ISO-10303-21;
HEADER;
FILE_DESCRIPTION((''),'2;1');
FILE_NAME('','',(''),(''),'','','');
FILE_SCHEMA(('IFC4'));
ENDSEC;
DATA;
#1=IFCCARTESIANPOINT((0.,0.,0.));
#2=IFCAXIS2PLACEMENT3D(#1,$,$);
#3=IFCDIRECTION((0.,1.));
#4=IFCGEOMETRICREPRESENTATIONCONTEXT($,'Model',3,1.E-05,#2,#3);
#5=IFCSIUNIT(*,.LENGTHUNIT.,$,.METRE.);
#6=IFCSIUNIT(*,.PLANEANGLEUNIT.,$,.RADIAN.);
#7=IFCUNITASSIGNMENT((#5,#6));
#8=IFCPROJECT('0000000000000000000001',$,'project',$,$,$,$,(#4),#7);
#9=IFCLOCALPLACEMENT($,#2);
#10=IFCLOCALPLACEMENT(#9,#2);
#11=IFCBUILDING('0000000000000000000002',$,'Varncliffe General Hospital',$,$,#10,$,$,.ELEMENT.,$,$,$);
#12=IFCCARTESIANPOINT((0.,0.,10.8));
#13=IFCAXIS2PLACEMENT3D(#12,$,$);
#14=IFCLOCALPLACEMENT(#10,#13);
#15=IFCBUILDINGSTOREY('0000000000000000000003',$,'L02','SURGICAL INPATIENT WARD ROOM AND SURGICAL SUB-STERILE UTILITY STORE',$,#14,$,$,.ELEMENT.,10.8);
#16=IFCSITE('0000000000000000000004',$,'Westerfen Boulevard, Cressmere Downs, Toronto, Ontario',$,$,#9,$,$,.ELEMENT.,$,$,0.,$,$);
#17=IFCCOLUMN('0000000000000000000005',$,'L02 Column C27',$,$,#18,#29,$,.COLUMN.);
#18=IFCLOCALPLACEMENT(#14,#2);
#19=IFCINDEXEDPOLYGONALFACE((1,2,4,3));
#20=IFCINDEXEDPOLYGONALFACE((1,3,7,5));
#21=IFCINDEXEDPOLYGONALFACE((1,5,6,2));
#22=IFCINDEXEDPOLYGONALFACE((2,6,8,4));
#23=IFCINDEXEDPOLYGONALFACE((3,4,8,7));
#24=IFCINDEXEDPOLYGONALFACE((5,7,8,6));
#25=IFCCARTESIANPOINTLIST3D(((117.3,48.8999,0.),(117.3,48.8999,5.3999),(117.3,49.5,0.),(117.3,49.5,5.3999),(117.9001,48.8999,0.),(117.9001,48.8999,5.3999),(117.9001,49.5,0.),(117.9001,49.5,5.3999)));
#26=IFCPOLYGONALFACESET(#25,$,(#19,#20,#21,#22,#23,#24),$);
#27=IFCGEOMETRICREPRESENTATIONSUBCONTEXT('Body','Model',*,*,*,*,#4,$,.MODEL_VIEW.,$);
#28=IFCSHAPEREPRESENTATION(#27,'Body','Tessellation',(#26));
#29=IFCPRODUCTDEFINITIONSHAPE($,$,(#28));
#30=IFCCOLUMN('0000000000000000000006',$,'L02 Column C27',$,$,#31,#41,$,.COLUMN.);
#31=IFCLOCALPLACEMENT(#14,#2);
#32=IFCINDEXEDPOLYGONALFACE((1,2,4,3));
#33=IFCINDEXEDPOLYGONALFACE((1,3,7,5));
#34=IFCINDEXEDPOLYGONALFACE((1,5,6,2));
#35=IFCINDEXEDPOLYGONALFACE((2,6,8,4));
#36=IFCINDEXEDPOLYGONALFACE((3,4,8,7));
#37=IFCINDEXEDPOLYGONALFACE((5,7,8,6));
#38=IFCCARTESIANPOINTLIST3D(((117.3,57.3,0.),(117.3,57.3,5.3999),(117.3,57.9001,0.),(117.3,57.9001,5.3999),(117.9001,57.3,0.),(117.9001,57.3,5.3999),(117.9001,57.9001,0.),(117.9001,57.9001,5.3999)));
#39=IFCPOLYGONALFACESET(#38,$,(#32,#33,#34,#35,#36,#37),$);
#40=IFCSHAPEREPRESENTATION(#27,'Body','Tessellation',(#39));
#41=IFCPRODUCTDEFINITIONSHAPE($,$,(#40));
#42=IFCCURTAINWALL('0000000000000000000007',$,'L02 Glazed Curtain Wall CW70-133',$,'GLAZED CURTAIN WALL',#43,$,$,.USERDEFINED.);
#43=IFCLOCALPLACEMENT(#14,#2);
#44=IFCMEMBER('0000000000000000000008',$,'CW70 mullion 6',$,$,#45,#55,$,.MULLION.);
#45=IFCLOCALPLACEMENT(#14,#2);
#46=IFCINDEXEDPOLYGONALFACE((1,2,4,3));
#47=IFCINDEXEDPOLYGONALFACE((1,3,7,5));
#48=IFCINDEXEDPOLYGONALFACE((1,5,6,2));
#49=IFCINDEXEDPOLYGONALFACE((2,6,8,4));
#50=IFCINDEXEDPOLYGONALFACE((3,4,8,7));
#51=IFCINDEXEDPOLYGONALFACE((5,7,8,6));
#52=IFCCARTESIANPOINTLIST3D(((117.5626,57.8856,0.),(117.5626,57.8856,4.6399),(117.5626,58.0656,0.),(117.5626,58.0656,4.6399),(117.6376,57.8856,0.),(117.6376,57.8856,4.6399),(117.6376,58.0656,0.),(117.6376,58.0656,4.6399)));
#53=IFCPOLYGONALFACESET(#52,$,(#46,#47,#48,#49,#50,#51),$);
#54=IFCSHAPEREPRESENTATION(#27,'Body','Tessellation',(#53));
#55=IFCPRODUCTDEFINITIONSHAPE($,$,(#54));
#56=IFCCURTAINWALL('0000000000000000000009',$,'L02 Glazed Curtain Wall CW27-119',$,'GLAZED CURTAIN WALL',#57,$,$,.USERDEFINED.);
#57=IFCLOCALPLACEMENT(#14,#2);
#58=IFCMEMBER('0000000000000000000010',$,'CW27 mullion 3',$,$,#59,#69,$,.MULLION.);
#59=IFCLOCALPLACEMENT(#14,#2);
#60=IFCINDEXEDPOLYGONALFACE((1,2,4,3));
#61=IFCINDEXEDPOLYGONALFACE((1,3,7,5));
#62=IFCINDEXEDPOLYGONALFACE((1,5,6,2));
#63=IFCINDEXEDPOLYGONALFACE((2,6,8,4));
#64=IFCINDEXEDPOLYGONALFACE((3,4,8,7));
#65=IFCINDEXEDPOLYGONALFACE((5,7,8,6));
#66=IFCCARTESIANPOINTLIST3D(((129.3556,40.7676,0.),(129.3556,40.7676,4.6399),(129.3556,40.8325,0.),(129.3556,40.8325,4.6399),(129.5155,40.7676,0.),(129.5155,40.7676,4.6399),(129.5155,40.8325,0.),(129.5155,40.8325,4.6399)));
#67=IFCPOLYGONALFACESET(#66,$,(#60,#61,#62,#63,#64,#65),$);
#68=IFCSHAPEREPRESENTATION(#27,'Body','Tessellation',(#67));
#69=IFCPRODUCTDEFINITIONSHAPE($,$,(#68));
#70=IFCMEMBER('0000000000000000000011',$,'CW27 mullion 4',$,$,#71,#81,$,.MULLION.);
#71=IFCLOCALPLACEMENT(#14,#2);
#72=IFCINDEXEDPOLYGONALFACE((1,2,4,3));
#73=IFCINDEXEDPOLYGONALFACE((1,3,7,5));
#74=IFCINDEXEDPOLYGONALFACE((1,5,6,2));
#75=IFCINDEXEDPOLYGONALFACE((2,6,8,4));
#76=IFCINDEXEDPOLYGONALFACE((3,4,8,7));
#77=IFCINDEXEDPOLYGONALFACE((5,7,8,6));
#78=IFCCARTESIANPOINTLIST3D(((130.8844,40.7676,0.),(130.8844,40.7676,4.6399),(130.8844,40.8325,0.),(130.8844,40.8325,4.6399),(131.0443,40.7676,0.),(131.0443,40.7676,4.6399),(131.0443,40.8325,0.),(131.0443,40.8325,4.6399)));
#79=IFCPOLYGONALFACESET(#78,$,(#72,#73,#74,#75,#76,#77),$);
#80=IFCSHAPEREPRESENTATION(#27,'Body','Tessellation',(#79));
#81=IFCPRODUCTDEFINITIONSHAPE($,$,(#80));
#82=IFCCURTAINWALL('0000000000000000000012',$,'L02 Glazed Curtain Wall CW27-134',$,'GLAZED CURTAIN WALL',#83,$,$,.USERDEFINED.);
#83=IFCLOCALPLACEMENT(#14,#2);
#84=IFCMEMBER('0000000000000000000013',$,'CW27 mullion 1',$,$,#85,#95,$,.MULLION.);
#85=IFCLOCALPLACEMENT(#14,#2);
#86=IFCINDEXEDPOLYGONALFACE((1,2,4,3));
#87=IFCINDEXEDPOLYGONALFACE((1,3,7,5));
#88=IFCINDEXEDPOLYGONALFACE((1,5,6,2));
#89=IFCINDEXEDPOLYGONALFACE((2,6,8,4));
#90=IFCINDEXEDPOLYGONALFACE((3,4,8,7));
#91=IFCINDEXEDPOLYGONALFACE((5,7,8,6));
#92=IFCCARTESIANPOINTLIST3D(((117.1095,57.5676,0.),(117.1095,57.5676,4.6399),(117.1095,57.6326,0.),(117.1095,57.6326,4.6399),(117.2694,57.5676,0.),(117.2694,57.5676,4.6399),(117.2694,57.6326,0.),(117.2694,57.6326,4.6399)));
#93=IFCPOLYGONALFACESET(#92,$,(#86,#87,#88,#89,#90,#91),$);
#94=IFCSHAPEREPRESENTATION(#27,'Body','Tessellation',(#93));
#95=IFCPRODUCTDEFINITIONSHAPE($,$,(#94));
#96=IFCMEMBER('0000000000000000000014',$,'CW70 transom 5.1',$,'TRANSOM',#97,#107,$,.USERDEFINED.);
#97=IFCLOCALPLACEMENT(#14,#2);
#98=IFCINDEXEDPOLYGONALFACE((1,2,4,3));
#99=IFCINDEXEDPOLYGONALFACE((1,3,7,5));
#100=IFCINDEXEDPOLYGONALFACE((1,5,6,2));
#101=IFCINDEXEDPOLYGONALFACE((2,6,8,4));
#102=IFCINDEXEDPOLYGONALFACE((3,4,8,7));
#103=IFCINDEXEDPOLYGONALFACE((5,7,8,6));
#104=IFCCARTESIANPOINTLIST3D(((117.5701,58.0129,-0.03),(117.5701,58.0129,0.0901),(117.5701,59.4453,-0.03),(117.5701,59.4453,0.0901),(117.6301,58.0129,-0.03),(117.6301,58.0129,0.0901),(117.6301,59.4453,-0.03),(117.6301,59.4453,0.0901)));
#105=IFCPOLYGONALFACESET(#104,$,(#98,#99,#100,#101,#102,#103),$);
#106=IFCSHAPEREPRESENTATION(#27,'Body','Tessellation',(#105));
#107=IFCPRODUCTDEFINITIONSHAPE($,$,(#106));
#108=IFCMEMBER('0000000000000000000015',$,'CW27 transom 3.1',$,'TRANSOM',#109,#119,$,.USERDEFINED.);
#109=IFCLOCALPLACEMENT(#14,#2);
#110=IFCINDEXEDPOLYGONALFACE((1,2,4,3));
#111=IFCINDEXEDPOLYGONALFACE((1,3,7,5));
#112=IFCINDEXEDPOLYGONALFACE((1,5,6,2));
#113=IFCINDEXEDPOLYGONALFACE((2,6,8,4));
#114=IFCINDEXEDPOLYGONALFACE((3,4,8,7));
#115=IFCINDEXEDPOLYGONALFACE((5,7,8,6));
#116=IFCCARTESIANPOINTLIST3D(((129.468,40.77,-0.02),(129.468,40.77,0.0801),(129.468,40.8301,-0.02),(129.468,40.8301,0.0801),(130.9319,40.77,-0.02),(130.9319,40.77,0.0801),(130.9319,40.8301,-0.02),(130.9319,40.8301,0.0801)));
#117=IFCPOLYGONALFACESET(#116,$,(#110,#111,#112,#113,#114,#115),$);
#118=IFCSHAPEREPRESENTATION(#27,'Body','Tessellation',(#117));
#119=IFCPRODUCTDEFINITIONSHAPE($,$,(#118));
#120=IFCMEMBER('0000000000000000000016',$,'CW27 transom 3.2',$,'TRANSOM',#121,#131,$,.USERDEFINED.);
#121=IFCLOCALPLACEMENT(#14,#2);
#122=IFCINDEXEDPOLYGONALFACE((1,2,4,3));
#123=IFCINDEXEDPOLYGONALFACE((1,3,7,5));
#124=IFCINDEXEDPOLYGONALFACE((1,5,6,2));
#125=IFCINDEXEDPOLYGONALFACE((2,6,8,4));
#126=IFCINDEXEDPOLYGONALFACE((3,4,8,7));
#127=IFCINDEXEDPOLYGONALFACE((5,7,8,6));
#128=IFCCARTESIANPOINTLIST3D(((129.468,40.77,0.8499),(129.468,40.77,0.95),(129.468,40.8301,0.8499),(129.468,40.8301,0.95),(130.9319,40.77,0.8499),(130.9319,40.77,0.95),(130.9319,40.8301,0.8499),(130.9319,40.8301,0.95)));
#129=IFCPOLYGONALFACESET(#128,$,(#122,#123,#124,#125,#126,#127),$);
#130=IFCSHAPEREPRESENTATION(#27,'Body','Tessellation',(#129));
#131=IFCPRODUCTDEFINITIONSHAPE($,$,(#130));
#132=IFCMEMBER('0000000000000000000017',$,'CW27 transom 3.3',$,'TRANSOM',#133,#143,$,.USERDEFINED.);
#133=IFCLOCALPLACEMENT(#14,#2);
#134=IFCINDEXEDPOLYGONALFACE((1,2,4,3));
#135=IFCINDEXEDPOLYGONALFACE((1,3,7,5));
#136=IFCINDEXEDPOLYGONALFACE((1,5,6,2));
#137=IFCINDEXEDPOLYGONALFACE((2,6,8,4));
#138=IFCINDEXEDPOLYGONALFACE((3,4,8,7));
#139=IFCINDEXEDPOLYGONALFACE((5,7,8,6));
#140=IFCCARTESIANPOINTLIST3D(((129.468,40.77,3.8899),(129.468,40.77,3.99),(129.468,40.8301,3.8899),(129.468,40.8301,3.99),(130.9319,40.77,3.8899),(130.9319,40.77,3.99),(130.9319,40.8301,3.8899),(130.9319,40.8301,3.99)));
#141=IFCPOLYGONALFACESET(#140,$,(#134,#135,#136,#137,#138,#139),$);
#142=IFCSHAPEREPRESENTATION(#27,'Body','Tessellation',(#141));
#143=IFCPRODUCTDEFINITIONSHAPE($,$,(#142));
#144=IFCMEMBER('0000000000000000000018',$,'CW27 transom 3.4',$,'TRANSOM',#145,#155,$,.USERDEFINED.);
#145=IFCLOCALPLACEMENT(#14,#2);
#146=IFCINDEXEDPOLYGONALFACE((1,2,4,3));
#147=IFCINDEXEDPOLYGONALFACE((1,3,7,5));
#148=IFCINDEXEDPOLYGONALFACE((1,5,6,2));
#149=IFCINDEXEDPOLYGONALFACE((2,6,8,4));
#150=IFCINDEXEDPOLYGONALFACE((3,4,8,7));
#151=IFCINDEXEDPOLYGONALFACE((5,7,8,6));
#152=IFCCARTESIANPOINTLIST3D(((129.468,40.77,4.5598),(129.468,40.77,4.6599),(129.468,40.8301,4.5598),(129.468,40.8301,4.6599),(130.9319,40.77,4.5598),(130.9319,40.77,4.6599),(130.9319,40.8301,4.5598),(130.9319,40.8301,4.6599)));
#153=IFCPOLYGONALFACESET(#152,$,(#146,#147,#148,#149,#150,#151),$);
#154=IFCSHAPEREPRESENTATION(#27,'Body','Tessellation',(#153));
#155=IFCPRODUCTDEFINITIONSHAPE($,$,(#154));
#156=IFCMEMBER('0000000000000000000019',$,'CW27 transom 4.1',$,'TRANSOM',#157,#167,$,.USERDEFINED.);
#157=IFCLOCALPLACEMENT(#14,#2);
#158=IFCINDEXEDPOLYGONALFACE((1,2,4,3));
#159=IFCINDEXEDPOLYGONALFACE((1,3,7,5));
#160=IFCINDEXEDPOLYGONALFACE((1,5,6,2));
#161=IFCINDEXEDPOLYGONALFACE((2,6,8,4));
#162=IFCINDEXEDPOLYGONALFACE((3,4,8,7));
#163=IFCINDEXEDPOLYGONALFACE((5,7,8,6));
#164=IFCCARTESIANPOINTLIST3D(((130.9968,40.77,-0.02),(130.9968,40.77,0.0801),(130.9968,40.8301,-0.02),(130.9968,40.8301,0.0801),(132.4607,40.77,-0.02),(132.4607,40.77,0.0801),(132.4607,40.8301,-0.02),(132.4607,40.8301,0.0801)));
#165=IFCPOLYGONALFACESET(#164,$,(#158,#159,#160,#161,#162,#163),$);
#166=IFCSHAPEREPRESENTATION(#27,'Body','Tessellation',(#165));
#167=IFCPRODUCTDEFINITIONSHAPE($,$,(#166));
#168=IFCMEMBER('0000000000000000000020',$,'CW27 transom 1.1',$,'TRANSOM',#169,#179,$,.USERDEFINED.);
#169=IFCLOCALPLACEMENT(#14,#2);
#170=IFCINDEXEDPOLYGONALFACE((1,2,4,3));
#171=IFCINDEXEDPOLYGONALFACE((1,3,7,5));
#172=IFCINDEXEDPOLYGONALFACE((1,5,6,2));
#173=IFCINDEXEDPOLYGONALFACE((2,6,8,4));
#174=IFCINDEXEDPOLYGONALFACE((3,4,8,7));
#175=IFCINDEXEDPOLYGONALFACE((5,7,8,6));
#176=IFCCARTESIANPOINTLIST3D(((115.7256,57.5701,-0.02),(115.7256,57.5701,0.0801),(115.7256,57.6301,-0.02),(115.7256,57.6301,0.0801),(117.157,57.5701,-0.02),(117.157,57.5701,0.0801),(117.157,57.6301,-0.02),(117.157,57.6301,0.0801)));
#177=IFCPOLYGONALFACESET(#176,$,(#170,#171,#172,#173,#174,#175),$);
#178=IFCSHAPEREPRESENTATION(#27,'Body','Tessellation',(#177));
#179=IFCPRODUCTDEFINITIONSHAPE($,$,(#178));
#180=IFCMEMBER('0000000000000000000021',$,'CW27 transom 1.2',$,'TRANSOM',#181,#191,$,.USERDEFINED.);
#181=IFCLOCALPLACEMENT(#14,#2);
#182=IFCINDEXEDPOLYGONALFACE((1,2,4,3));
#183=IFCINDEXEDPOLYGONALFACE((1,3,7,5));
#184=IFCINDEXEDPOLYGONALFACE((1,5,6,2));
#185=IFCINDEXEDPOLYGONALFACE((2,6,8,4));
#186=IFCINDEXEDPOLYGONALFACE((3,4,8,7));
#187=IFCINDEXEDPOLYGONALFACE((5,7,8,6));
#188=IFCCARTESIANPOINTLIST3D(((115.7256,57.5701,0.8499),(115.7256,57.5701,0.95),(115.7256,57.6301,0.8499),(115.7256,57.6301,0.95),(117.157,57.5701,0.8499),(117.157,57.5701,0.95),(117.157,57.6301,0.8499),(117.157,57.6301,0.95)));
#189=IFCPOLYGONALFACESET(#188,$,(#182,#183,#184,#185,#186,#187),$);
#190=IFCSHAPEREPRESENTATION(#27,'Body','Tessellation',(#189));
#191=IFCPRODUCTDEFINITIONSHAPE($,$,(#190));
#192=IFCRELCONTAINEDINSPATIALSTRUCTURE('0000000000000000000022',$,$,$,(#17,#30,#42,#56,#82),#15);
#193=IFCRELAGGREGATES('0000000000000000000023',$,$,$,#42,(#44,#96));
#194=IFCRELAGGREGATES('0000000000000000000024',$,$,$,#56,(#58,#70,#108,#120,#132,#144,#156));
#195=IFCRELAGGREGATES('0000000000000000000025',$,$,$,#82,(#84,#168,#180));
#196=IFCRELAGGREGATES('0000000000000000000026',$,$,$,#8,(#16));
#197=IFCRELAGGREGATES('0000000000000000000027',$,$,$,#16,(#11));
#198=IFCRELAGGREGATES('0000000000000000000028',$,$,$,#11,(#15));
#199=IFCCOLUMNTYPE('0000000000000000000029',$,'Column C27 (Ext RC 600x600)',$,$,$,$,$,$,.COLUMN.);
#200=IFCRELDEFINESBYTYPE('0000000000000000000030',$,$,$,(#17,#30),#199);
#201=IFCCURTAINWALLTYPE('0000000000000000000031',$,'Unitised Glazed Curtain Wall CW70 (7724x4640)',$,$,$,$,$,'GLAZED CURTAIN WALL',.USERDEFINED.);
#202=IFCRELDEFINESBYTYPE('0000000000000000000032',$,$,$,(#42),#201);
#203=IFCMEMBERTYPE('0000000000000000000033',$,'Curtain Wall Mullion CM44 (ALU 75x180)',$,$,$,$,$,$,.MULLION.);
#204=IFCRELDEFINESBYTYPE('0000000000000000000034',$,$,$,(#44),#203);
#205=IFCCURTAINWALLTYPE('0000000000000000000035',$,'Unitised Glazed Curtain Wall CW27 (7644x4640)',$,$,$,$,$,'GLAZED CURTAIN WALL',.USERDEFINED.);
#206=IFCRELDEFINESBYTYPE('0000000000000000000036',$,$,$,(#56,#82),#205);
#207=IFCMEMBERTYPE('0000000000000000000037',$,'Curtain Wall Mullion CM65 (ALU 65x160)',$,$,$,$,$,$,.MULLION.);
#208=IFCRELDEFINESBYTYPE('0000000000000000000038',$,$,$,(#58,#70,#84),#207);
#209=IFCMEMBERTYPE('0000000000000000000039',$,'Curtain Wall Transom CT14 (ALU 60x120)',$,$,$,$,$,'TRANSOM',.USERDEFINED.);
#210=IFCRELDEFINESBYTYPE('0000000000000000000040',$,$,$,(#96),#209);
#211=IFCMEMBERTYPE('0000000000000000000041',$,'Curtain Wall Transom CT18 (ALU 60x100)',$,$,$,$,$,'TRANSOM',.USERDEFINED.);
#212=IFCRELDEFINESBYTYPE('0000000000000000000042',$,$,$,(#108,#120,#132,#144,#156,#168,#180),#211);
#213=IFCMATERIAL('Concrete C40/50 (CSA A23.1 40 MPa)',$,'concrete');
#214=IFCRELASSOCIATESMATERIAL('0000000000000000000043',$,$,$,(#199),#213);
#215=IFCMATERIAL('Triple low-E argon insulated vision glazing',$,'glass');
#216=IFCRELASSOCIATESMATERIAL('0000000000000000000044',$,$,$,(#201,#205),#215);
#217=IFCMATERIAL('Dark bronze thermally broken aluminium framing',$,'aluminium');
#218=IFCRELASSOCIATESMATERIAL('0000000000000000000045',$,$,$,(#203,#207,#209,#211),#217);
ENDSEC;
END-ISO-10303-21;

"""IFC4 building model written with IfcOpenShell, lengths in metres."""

from ifc_helpers import new_model, si_unit, direction, frame, origin, origin_2d, place, context, subcontext, project, spatial, rectangle, extrude, material, material_profile, profile_set, type_object, element, aggregate, save


model = new_model("IFC4")

# Units and contexts
model_context = context("Model", 3, precision=1e-05, world=origin(), true_north=direction((0.0, 1.0)))
body_context = subcontext(model_context, "Body", "Model", "MODEL_VIEW")
ifc_project = project(units=[si_unit("LENGTHUNIT", "METRE"), si_unit("PLANEANGLEUNIT", "RADIAN")], contexts=[model_context])

# Site, building, storey
site_placement = place(None, origin())
site = spatial("IfcSite", under=ifc_project, at=site_placement, Name="Westerfen Boulevard, Cressmere Downs, Toronto, Ontario", CompositionType="ELEMENT", RefElevation=0.0)
building_placement = place(site_placement, origin())
building = spatial("IfcBuilding", under=site, at=building_placement, Name="Varncliffe General Hospital", CompositionType="ELEMENT")
storey_placement = place(building_placement, frame((0.0, 0.0, 10.8)))
storey = spatial("IfcBuildingStorey", under=building, at=storey_placement, Name="L02", Description="SURGICAL INPATIENT WARD ROOM AND SURGICAL SUB-STERILE UTILITY STORE", CompositionType="ELEMENT", Elevation=10.8)

# Columns
ifc_material_1 = material(Name="Concrete C40/50 (CSA A23.1 40 MPa)", Category="concrete")
ifc_material_profile_1 = material_profile(ifc_material_1, rectangle(XDim=0.6001, YDim=0.6001, at=origin_2d()), Name="RC 600x600")
ifc_profile_set_1 = profile_set([ifc_material_profile_1], Name="Concrete C40/50 (CSA A23.1 40 MPa)")
column_type = type_object("IfcColumnType", Name="Column C27 (Ext RC 600x600)", PredefinedType="COLUMN", material=ifc_profile_set_1)
for number, where, z_axis, x_axis, name in (
    (1, (117.6001, 49.2, 0.0), (0.0, 0.0, 1.0), (1.0, 0.0, 0.0), "L02 Column C27"),
    (2, (117.6001, 57.6001, 0.0), (0.0, 0.0, 1.0), (1.0, 0.0, 0.0), "L02 Column C27"),
):
    element("IfcColumn", number, at=place(storey_placement, frame(where, z_axis=z_axis, x_axis=x_axis)), inside=storey, type_object=column_type, Name=name, PredefinedType="COLUMN", context=body_context, shape_type="SweptSolid", body=[
        extrude(rectangle(XDim=0.6001, YDim=0.6001, at=origin_2d()), origin(), (0.0, 0.0, 1.0), 5.3999),
    ])

# Curtain wall, member
ifc_material_2 = material(Name="Triple low-E argon insulated vision glazing", Category="glass")
curtain_wall_type_1 = type_object("IfcCurtainWallType", Name="Unitised Glazed Curtain Wall CW70 (7724x4640)", ElementType="GLAZED CURTAIN WALL", PredefinedType="USERDEFINED", material=ifc_material_2)
curtain_wall_1_placement = place(storey_placement, origin())
curtain_wall_1 = element("IfcCurtainWall", 3, at=curtain_wall_1_placement, inside=storey, type_object=curtain_wall_type_1, Name="L02 Glazed Curtain Wall CW70-133", ObjectType="GLAZED CURTAIN WALL", PredefinedType="USERDEFINED")
ifc_material_3 = material(Name="Dark bronze thermally broken aluminium framing", Category="aluminium")
ifc_material_profile_2 = material_profile(ifc_material_3, rectangle(XDim=0.075, YDim=0.1799, at=origin_2d()), Name="ALU 75x180")
ifc_profile_set_2 = profile_set([ifc_material_profile_2], Name="Dark bronze thermally broken aluminium framing")
member_type_1 = type_object("IfcMemberType", Name="Curtain Wall Mullion CM44 (ALU 75x180)", PredefinedType="MULLION", material=ifc_profile_set_2)
member_1_placement = place(storey_placement, frame((117.6001, 57.9756, 0.0), z_axis=(0.0, 0.0, 1.0), x_axis=(1.0, 0.0, 0.0)))
member_1 = element("IfcMember", 4, at=member_1_placement, type_object=member_type_1, Name="CW70 mullion 6", PredefinedType="MULLION", context=body_context, shape_type="SweptSolid", body=[
    extrude(rectangle(XDim=0.075, YDim=0.1799, at=origin_2d()), origin(), (0.0, 0.0, 1.0), 4.6399),
])

# Curtain wall, members
curtain_wall_type_2 = type_object("IfcCurtainWallType", Name="Unitised Glazed Curtain Wall CW27 (7644x4640)", ElementType="GLAZED CURTAIN WALL", PredefinedType="USERDEFINED", material=ifc_material_2)
curtain_wall_2_placement = place(storey_placement, origin())
curtain_wall_2 = element("IfcCurtainWall", 5, at=curtain_wall_2_placement, inside=storey, type_object=curtain_wall_type_2, Name="L02 Glazed Curtain Wall CW27-119", ObjectType="GLAZED CURTAIN WALL", PredefinedType="USERDEFINED")
ifc_material_profile_3 = material_profile(ifc_material_3, rectangle(XDim=0.0649, YDim=0.1599, at=origin_2d()), Name="ALU 65x160")
ifc_profile_set_3 = profile_set([ifc_material_profile_3], Name="Dark bronze thermally broken aluminium framing")
member_type_2 = type_object("IfcMemberType", Name="Curtain Wall Mullion CM65 (ALU 65x160)", PredefinedType="MULLION", material=ifc_profile_set_3)
member_2_placement = place(storey_placement, frame((129.4355, 40.8, 0.0), z_axis=(0.0, 0.0, 1.0), x_axis=(0.0, 1.0, 0.0)))
member_2 = element("IfcMember", 6, at=member_2_placement, type_object=member_type_2, Name="CW27 mullion 3", PredefinedType="MULLION", context=body_context, shape_type="SweptSolid", body=[
    extrude(rectangle(XDim=0.0649, YDim=0.1599, at=origin_2d()), origin(), (0.0, 0.0, 1.0), 4.6399),
])
member_3_placement = place(storey_placement, frame((130.9644, 40.8, 0.0), z_axis=(0.0, 0.0, 1.0), x_axis=(0.0, 1.0, 0.0)))
member_3 = element("IfcMember", 7, at=member_3_placement, type_object=member_type_2, Name="CW27 mullion 4", PredefinedType="MULLION", context=body_context, shape_type="SweptSolid", body=[
    extrude(rectangle(XDim=0.0649, YDim=0.1599, at=origin_2d()), origin(), (0.0, 0.0, 1.0), 4.6399),
])

# Curtain wall, member
curtain_wall_3_placement = place(storey_placement, origin())
curtain_wall_3 = element("IfcCurtainWall", 8, at=curtain_wall_3_placement, inside=storey, type_object=curtain_wall_type_2, Name="L02 Glazed Curtain Wall CW27-134", ObjectType="GLAZED CURTAIN WALL", PredefinedType="USERDEFINED")
member_4_placement = place(storey_placement, frame((117.1895, 57.6001, 0.0), z_axis=(0.0, 0.0, 1.0), x_axis=(0.0, -1.0, 0.0)))
member_4 = element("IfcMember", 9, at=member_4_placement, type_object=member_type_2, Name="CW27 mullion 1", PredefinedType="MULLION", context=body_context, shape_type="SweptSolid", body=[
    extrude(rectangle(XDim=0.0649, YDim=0.1599, at=origin_2d()), origin(), (0.0, 0.0, 1.0), 4.6399),
])

# Members
ifc_material_profile_4 = material_profile(ifc_material_3, rectangle(XDim=0.0601, YDim=0.1201, at=origin_2d()), Name="ALU 60x120")
ifc_profile_set_4 = profile_set([ifc_material_profile_4], Name="Dark bronze thermally broken aluminium framing")
member_type_3 = type_object("IfcMemberType", Name="Curtain Wall Transom CT14 (ALU 60x120)", ElementType="TRANSOM", PredefinedType="USERDEFINED", material=ifc_profile_set_4)
member_5_placement = place(storey_placement, frame((117.6001, 59.4453, 0.03), z_axis=(0.0, -1.0, 0.0), x_axis=(1.0, 0.0, 0.0)))
member_5 = element("IfcMember", 10, at=member_5_placement, type_object=member_type_3, Name="CW70 transom 5.1", ObjectType="TRANSOM", PredefinedType="USERDEFINED", context=body_context, shape_type="SweptSolid", body=[
    extrude(rectangle(XDim=0.0601, YDim=0.1201, at=origin_2d()), origin(), (0.0, 0.0, 1.0), 1.4324),
])
ifc_material_profile_5 = material_profile(ifc_material_3, rectangle(XDim=0.0601, YDim=0.1001, at=origin_2d()), Name="ALU 60x100")
ifc_profile_set_5 = profile_set([ifc_material_profile_5], Name="Dark bronze thermally broken aluminium framing")
member_type_4 = type_object("IfcMemberType", Name="Curtain Wall Transom CT18 (ALU 60x100)", ElementType="TRANSOM", PredefinedType="USERDEFINED", material=ifc_profile_set_5)
member_6_placement = place(storey_placement, frame((129.468, 40.8, 0.03), z_axis=(1.0, 0.0, 0.0), x_axis=(0.0, 1.0, 0.0)))
member_6 = element("IfcMember", 11, at=member_6_placement, type_object=member_type_4, Name="CW27 transom 3.1", ObjectType="TRANSOM", PredefinedType="USERDEFINED", context=body_context, shape_type="SweptSolid", body=[
    extrude(rectangle(XDim=0.0601, YDim=0.1001, at=origin_2d()), origin(), (0.0, 0.0, 1.0), 1.4639),
])
member_7_placement = place(storey_placement, frame((129.468, 40.8, 0.8999), z_axis=(1.0, 0.0, 0.0), x_axis=(0.0, 1.0, 0.0)))
member_7 = element("IfcMember", 12, at=member_7_placement, type_object=member_type_4, Name="CW27 transom 3.2", ObjectType="TRANSOM", PredefinedType="USERDEFINED", context=body_context, shape_type="SweptSolid", body=[
    extrude(rectangle(XDim=0.0601, YDim=0.1001, at=origin_2d()), origin(), (0.0, 0.0, 1.0), 1.4639),
])
member_8_placement = place(storey_placement, frame((129.468, 40.8, 3.9399), z_axis=(1.0, 0.0, 0.0), x_axis=(0.0, 1.0, 0.0)))
member_8 = element("IfcMember", 13, at=member_8_placement, type_object=member_type_4, Name="CW27 transom 3.3", ObjectType="TRANSOM", PredefinedType="USERDEFINED", context=body_context, shape_type="SweptSolid", body=[
    extrude(rectangle(XDim=0.0601, YDim=0.1001, at=origin_2d()), origin(), (0.0, 0.0, 1.0), 1.4639),
])
member_9_placement = place(storey_placement, frame((129.468, 40.8, 4.6099), z_axis=(1.0, 0.0, 0.0), x_axis=(0.0, 1.0, 0.0)))
member_9 = element("IfcMember", 14, at=member_9_placement, type_object=member_type_4, Name="CW27 transom 3.4", ObjectType="TRANSOM", PredefinedType="USERDEFINED", context=body_context, shape_type="SweptSolid", body=[
    extrude(rectangle(XDim=0.0601, YDim=0.1001, at=origin_2d()), origin(), (0.0, 0.0, 1.0), 1.4639),
])
member_10_placement = place(storey_placement, frame((130.9968, 40.8, 0.03), z_axis=(1.0, 0.0, 0.0), x_axis=(0.0, 1.0, 0.0)))
member_10 = element("IfcMember", 15, at=member_10_placement, type_object=member_type_4, Name="CW27 transom 4.1", ObjectType="TRANSOM", PredefinedType="USERDEFINED", context=body_context, shape_type="SweptSolid", body=[
    extrude(rectangle(XDim=0.0601, YDim=0.1001, at=origin_2d()), origin(), (0.0, 0.0, 1.0), 1.4639),
])
member_11_placement = place(storey_placement, frame((117.157, 57.6001, 0.03), z_axis=(-1.0, 0.0, 0.0), x_axis=(0.0, -1.0, 0.0)))
member_11 = element("IfcMember", 16, at=member_11_placement, type_object=member_type_4, Name="CW27 transom 1.1", ObjectType="TRANSOM", PredefinedType="USERDEFINED", context=body_context, shape_type="SweptSolid", body=[
    extrude(rectangle(XDim=0.0601, YDim=0.1001, at=origin_2d()), origin(), (0.0, 0.0, 1.0), 1.4314),
])
member_12_placement = place(storey_placement, frame((117.157, 57.6001, 0.8999), z_axis=(-1.0, 0.0, 0.0), x_axis=(0.0, -1.0, 0.0)))
member_12 = element("IfcMember", 17, at=member_12_placement, type_object=member_type_4, Name="CW27 transom 1.2", ObjectType="TRANSOM", PredefinedType="USERDEFINED", context=body_context, shape_type="SweptSolid", body=[
    extrude(rectangle(XDim=0.0601, YDim=0.1001, at=origin_2d()), origin(), (0.0, 0.0, 1.0), 1.4314),
])

aggregate(curtain_wall_1, [member_1, member_5])
aggregate(curtain_wall_2, [member_2, member_3, member_6, member_7, member_8, member_9, member_10])
aggregate(curtain_wall_3, [member_4, member_11, member_12])

save(model, "model.ifc")
